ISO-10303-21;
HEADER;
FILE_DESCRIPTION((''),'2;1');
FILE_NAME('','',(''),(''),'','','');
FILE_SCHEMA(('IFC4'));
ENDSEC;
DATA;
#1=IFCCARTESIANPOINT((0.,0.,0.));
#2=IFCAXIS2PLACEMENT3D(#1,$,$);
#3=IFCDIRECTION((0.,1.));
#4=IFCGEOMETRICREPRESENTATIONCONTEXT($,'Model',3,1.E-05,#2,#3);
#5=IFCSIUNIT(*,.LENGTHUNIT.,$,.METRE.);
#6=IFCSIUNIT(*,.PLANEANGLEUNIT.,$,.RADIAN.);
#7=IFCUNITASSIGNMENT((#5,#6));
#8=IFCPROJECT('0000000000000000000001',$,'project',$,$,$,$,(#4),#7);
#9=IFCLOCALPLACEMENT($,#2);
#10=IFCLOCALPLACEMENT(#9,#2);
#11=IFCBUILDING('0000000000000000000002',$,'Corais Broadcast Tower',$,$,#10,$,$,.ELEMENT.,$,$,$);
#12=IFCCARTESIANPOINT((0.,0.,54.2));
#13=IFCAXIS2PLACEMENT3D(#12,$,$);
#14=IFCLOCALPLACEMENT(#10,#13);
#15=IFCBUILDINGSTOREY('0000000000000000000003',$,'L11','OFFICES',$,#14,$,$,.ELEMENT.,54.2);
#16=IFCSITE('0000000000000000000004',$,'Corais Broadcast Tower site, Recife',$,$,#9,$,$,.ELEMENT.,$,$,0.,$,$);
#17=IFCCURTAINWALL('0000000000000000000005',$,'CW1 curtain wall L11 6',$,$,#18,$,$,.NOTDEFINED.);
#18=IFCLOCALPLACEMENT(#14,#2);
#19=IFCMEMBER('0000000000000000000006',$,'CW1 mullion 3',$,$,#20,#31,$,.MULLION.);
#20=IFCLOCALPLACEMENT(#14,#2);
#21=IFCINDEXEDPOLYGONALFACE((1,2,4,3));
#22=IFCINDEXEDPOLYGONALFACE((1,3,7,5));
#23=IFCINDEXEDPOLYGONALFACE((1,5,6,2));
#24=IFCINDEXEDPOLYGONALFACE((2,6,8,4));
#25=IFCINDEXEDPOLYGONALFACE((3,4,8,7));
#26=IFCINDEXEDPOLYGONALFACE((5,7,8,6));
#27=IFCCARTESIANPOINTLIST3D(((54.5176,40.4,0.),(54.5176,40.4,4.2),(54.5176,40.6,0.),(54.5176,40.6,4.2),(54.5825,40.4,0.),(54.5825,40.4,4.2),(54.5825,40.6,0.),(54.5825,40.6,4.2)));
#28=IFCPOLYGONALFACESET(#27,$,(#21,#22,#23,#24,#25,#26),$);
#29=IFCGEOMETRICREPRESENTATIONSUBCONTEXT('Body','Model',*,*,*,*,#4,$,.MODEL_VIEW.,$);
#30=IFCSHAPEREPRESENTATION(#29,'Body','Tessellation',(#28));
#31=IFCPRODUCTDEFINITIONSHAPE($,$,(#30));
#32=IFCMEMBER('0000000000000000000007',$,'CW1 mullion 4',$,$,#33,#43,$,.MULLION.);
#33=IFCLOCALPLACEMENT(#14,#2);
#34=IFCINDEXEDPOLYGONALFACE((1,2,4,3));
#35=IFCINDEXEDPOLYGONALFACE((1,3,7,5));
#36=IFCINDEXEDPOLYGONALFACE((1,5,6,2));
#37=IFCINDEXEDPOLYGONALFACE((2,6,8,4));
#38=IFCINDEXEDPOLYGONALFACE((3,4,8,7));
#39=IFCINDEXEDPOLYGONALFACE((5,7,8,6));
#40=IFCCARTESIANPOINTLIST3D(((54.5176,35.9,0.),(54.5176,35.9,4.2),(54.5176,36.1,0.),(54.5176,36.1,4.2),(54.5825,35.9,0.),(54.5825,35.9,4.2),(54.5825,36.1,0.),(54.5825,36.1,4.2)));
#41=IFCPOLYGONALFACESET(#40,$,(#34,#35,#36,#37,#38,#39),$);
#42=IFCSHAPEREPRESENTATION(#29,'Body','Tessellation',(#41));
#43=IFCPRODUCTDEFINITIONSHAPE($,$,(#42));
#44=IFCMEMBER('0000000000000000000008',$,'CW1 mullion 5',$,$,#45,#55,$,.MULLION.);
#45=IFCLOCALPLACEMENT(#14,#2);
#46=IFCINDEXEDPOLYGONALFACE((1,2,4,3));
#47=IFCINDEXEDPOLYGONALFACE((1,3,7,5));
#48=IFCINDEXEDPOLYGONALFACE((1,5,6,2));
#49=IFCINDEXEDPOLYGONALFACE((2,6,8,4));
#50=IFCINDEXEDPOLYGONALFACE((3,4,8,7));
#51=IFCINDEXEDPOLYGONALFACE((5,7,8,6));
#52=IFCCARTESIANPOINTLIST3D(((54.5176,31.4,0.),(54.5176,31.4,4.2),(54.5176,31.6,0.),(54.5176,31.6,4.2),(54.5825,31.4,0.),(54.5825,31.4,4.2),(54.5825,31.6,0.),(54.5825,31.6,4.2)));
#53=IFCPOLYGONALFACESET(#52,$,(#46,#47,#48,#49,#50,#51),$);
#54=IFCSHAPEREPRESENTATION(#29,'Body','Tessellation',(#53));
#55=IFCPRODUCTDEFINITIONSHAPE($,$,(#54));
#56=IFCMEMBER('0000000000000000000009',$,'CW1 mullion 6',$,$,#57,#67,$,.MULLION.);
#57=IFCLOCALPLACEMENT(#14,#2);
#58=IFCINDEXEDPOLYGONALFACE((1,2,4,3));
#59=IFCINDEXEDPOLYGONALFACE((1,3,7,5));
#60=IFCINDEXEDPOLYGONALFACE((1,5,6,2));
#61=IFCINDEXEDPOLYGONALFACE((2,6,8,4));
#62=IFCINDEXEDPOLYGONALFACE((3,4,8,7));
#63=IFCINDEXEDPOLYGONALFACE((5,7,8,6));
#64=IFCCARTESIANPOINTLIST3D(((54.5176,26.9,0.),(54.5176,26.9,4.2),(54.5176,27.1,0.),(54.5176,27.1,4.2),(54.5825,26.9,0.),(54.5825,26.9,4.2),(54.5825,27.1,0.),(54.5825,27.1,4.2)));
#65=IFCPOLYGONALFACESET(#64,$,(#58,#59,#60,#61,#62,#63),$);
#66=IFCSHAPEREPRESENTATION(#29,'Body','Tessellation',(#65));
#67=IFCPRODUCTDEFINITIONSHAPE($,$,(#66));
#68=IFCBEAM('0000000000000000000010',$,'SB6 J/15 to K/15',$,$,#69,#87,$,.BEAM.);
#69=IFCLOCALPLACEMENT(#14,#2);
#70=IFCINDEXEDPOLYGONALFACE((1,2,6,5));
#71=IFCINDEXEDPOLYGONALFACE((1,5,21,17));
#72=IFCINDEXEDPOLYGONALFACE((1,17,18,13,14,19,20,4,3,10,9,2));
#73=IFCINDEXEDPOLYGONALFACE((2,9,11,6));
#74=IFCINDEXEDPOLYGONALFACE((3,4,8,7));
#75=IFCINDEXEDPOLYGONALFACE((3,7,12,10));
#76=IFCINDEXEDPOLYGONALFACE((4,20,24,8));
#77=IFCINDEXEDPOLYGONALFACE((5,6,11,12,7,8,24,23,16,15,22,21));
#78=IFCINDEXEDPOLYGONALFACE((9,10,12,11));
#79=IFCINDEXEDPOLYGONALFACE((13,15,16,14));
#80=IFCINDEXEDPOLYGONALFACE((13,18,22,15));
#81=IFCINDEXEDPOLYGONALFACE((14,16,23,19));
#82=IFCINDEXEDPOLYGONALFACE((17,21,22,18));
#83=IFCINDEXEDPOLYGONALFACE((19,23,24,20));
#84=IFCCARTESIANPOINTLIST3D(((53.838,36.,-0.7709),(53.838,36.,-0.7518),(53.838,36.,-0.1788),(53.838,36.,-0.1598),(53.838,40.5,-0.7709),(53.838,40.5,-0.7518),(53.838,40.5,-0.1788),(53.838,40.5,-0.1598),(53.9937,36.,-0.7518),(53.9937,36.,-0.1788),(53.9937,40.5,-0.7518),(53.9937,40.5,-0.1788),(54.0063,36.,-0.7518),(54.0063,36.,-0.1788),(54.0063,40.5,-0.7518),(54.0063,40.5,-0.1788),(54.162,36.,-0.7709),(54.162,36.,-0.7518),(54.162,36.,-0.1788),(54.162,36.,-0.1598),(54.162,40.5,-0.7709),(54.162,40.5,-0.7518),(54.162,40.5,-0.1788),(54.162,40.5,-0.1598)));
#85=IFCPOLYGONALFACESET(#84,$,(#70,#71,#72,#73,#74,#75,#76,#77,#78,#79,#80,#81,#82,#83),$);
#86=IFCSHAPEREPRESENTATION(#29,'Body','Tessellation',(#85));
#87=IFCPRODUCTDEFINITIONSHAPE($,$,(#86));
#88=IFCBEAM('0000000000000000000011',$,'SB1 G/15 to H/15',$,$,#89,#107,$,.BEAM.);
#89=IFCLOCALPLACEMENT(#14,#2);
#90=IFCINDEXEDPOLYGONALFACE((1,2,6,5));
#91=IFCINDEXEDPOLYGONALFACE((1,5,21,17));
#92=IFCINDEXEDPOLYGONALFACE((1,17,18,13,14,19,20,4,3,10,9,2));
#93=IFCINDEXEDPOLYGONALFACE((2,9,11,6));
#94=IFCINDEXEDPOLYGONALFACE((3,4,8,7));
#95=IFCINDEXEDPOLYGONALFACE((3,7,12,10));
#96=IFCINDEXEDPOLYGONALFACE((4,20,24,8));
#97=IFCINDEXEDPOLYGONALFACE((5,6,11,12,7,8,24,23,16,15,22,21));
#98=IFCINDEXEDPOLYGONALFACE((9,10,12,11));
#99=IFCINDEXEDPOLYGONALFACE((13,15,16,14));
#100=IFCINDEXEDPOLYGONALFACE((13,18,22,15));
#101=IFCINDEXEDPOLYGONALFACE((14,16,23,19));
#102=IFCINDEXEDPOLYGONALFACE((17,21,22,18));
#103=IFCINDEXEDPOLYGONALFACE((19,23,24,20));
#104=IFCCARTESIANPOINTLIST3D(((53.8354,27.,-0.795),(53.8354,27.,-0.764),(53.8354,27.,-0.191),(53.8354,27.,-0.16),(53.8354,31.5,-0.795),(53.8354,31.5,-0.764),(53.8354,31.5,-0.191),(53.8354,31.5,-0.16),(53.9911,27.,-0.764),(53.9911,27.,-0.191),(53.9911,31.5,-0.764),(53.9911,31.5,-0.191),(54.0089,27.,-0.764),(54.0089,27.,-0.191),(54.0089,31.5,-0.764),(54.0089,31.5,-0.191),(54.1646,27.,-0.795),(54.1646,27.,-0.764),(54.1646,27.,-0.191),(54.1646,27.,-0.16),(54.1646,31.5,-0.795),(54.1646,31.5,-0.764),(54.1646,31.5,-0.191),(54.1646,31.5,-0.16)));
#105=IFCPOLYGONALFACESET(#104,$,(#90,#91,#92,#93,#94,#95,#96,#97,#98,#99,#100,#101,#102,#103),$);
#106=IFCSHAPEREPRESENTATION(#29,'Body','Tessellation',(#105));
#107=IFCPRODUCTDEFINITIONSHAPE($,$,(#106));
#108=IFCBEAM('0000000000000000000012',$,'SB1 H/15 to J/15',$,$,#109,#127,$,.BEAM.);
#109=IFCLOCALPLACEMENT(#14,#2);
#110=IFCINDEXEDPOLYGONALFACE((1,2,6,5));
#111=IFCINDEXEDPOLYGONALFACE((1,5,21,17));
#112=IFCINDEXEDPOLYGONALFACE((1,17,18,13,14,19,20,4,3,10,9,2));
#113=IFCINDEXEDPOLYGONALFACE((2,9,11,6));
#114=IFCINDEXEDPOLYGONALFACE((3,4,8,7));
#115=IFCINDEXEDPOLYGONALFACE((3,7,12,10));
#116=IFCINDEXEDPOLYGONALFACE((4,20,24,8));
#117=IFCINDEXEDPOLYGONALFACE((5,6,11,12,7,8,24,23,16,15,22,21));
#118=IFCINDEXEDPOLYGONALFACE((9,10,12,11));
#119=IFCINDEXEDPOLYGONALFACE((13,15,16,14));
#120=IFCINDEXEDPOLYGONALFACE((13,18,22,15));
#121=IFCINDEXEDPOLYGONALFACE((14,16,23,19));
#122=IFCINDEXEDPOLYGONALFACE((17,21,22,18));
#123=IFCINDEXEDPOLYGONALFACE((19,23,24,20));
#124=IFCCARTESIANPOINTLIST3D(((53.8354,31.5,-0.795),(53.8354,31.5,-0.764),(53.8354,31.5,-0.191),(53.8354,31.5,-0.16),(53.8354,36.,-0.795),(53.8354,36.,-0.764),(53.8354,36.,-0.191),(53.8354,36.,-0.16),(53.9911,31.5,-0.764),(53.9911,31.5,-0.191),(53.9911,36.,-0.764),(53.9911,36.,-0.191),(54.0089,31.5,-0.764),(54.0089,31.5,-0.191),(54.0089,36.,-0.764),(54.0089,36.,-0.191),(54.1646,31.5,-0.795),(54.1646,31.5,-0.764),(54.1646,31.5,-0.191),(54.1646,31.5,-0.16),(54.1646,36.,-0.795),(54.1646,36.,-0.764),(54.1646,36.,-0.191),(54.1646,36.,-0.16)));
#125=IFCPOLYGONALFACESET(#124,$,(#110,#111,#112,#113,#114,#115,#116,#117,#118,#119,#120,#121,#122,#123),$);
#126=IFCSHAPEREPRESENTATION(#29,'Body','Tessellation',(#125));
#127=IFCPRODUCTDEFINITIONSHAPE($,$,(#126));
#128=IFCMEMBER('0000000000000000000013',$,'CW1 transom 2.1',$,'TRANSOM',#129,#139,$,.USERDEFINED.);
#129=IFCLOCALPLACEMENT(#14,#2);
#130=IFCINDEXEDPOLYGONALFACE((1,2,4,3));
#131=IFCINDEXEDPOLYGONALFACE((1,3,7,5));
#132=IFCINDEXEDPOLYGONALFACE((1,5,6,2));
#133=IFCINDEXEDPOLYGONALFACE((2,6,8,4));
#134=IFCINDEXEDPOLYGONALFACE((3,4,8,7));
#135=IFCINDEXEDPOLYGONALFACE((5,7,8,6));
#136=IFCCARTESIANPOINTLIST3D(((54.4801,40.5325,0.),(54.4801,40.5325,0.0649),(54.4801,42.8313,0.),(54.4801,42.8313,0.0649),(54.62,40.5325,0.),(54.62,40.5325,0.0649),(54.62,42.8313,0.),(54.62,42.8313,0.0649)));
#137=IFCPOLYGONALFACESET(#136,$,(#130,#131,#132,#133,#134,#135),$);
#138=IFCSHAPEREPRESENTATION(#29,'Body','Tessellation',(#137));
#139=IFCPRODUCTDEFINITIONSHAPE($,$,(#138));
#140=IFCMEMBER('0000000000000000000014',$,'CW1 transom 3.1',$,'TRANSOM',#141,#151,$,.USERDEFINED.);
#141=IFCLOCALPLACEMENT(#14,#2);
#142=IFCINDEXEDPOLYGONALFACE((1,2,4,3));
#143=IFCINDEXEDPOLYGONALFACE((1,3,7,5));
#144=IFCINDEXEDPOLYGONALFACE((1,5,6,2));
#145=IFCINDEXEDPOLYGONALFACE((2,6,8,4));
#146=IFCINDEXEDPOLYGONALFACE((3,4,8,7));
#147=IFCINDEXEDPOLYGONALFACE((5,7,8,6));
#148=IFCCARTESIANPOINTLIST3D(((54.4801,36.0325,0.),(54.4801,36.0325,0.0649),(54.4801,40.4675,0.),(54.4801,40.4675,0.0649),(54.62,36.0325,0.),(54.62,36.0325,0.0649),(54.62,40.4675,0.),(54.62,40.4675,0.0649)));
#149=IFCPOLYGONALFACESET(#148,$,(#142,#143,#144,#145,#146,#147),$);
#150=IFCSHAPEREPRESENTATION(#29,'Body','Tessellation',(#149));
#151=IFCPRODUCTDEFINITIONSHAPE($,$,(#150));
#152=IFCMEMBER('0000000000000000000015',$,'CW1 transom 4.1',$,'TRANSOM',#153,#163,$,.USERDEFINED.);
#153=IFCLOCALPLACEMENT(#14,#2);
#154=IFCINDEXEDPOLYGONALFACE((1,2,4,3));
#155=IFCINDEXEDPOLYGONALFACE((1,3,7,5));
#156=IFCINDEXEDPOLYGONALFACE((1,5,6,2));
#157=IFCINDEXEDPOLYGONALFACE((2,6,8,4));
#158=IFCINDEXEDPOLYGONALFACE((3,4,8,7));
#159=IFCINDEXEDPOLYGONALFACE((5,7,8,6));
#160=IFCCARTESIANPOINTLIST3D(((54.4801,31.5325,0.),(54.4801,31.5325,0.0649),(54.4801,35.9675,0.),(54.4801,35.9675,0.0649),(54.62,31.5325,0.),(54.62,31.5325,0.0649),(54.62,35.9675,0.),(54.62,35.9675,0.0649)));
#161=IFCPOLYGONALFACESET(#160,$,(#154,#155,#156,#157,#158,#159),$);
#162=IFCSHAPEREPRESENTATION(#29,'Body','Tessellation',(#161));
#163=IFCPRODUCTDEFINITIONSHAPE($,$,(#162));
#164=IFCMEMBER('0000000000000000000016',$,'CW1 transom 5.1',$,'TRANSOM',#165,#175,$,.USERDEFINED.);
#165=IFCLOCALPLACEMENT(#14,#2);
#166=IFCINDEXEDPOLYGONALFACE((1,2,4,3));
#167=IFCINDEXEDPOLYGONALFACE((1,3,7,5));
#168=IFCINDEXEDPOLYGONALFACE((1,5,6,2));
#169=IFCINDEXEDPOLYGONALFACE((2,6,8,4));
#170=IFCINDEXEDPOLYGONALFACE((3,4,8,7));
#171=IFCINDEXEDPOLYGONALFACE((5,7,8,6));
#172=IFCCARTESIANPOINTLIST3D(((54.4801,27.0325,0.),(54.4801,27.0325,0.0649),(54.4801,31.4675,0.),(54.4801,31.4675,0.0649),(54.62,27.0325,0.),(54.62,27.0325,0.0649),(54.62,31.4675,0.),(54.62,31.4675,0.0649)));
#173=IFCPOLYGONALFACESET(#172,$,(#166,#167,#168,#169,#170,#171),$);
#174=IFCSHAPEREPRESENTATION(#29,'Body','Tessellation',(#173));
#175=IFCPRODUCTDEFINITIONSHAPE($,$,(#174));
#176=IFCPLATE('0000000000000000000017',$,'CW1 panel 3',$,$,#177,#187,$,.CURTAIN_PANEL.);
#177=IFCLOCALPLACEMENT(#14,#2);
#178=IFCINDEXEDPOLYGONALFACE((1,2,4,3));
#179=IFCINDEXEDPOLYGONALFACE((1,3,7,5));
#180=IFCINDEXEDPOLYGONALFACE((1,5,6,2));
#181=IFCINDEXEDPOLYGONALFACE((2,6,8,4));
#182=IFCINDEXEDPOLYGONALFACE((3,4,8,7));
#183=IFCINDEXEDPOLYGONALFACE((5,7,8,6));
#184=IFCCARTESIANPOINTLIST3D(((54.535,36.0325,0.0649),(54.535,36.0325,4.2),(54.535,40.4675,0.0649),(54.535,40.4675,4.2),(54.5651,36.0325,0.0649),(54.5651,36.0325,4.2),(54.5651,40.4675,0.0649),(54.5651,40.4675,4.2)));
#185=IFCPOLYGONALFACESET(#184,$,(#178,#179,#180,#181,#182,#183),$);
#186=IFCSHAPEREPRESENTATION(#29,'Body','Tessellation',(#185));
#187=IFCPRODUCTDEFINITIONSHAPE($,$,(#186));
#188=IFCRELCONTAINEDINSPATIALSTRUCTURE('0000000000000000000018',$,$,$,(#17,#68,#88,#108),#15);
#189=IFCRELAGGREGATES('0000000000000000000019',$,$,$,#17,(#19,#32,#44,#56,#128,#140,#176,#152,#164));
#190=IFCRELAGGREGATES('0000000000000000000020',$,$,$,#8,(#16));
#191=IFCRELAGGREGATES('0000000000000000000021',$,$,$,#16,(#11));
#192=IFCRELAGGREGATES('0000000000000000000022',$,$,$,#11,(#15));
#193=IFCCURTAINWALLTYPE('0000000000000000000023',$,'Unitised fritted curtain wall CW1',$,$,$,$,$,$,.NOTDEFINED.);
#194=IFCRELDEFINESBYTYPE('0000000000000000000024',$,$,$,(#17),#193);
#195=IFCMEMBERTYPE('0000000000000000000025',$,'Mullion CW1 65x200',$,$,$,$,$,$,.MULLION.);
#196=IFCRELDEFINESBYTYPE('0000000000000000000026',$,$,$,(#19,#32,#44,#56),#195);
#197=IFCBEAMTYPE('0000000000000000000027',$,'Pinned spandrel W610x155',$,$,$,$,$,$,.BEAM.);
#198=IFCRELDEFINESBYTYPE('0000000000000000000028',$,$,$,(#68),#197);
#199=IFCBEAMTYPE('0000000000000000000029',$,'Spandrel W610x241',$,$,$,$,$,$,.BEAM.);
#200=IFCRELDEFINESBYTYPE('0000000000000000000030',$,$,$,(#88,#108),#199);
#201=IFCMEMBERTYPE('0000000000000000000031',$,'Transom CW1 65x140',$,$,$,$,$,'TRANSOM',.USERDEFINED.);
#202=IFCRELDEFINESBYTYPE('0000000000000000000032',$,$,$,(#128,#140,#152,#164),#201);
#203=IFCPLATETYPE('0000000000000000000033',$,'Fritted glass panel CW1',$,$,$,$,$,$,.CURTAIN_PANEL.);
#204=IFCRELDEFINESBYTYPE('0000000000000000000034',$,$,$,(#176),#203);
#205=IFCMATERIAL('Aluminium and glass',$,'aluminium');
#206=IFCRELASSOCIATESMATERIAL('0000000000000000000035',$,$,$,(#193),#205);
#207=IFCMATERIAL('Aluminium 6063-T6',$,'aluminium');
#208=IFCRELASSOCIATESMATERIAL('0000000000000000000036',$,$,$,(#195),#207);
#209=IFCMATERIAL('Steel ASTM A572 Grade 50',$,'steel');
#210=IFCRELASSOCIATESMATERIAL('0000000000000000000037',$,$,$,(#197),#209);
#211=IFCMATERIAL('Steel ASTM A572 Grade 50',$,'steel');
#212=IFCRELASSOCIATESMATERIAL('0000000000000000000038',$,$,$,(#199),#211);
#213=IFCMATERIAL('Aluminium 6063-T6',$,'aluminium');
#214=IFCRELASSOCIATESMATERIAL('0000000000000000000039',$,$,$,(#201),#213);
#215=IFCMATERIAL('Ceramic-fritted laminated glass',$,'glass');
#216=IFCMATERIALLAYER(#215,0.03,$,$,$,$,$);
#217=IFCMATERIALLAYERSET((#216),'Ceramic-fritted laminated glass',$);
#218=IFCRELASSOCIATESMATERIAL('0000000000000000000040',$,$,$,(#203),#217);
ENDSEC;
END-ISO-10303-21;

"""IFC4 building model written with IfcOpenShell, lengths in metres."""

from ifc_helpers import new_model, si_unit, direction, frame, origin, origin_2d, place, context, subcontext, project, spatial, rectangle, i_section, extrude, material, layer, layer_set, material_profile, profile_set, type_object, element, aggregate, save


model = new_model("IFC4")

# Units and contexts
model_context = context("Model", 3, precision=1e-05, world=origin(), true_north=direction((0.0, 1.0)))
body_context = subcontext(model_context, "Body", "Model", "MODEL_VIEW")
ifc_project = project(units=[si_unit("LENGTHUNIT", "METRE"), si_unit("PLANEANGLEUNIT", "RADIAN")], contexts=[model_context])

# Site, building, storey
site_placement = place(None, origin())
site = spatial("IfcSite", under=ifc_project, at=site_placement, Name="Corais Broadcast Tower site, Recife", CompositionType="ELEMENT", RefElevation=0.0)
building_placement = place(site_placement, origin())
building = spatial("IfcBuilding", under=site, at=building_placement, Name="Corais Broadcast Tower", CompositionType="ELEMENT")
storey_placement = place(building_placement, frame((0.0, 0.0, 54.2)))
storey = spatial("IfcBuildingStorey", under=building, at=storey_placement, Name="L11", Description="OFFICES", CompositionType="ELEMENT", Elevation=54.2)

# Curtain wall, members
ifc_material_1 = material(Name="Aluminium and glass", Category="aluminium")
curtain_wall_type = type_object("IfcCurtainWallType", Name="Unitised fritted curtain wall CW1", PredefinedType="NOTDEFINED", material=ifc_material_1)
curtain_wall_placement = place(storey_placement, origin())
curtain_wall = element("IfcCurtainWall", 1, at=curtain_wall_placement, inside=storey, type_object=curtain_wall_type, Name="CW1 curtain wall L11 6", PredefinedType="NOTDEFINED")
ifc_material_2 = material(Name="Aluminium 6063-T6", Category="aluminium")
ifc_material_profile_1 = material_profile(ifc_material_2, rectangle(XDim=0.0649, YDim=0.2, at=origin_2d()), Name="Mullion CW1 65x200")
ifc_profile_set_1 = profile_set([ifc_material_profile_1], Name="Aluminium 6063-T6")
member_type_1 = type_object("IfcMemberType", Name="Mullion CW1 65x200", PredefinedType="MULLION", material=ifc_profile_set_1)
member_1_placement = place(storey_placement, frame((54.55, 40.5, 0.0), z_axis=(0.0, 0.0, 1.0), x_axis=(1.0, 0.0, 0.0)))
member_1 = element("IfcMember", 2, at=member_1_placement, type_object=member_type_1, Name="CW1 mullion 3", PredefinedType="MULLION", context=body_context, shape_type="SweptSolid", body=[
    extrude(rectangle(XDim=0.0649, YDim=0.2, at=origin_2d()), origin(), (0.0, 0.0, 1.0), 4.2),
])
member_2_placement = place(storey_placement, frame((54.55, 36.0, 0.0), z_axis=(0.0, 0.0, 1.0), x_axis=(1.0, 0.0, 0.0)))
member_2 = element("IfcMember", 3, at=member_2_placement, type_object=member_type_1, Name="CW1 mullion 4", PredefinedType="MULLION", context=body_context, shape_type="SweptSolid", body=[
    extrude(rectangle(XDim=0.0649, YDim=0.2, at=origin_2d()), origin(), (0.0, 0.0, 1.0), 4.2),
])
member_3_placement = place(storey_placement, frame((54.55, 31.5, 0.0), z_axis=(0.0, 0.0, 1.0), x_axis=(1.0, 0.0, 0.0)))
member_3 = element("IfcMember", 4, at=member_3_placement, type_object=member_type_1, Name="CW1 mullion 5", PredefinedType="MULLION", context=body_context, shape_type="SweptSolid", body=[
    extrude(rectangle(XDim=0.0649, YDim=0.2, at=origin_2d()), origin(), (0.0, 0.0, 1.0), 4.2),
])
member_4_placement = place(storey_placement, frame((54.55, 27.0, 0.0), z_axis=(0.0, 0.0, 1.0), x_axis=(1.0, 0.0, 0.0)))
member_4 = element("IfcMember", 5, at=member_4_placement, type_object=member_type_1, Name="CW1 mullion 6", PredefinedType="MULLION", context=body_context, shape_type="SweptSolid", body=[
    extrude(rectangle(XDim=0.0649, YDim=0.2, at=origin_2d()), origin(), (0.0, 0.0, 1.0), 4.2),
])

# Beams
ifc_material_3 = material(Name="Steel ASTM A572 Grade 50", Category="steel")
ifc_material_profile_2 = material_profile(ifc_material_3, i_section(OverallWidth=0.324, OverallDepth=0.6111, WebThickness=0.0127, FlangeThickness=0.019, at=origin_2d()), Name="W610x155")
ifc_profile_set_2 = profile_set([ifc_material_profile_2], Name="Steel ASTM A572 Grade 50")
beam_type_1 = type_object("IfcBeamType", Name="Pinned spandrel W610x155", PredefinedType="BEAM", material=ifc_profile_set_2)
beam_1_placement = place(storey_placement, frame((54.0, 36.0, -0.4653), z_axis=(0.0, 1.0, 0.0), x_axis=(-1.0, 0.0, 0.0)))
element("IfcBeam", 6, at=beam_1_placement, inside=storey, type_object=beam_type_1, Name="SB6 J/15 to K/15", PredefinedType="BEAM", context=body_context, shape_type="SweptSolid", body=[
    extrude(i_section(OverallWidth=0.324, OverallDepth=0.6111, WebThickness=0.0127, FlangeThickness=0.019, at=origin_2d()), origin(), (0.0, 0.0, 1.0), 4.5),
])
ifc_material_4 = material(Name="Steel ASTM A572 Grade 50", Category="steel")
ifc_material_profile_3 = material_profile(ifc_material_4, i_section(OverallWidth=0.3291, OverallDepth=0.635, WebThickness=0.0178, FlangeThickness=0.031, at=origin_2d()), Name="W610x241")
ifc_profile_set_3 = profile_set([ifc_material_profile_3], Name="Steel ASTM A572 Grade 50")
beam_type_2 = type_object("IfcBeamType", Name="Spandrel W610x241", PredefinedType="BEAM", material=ifc_profile_set_3)
for number, where, z_axis, x_axis, name in (
    (7, (54.0, 27.0, -0.4775), (0.0, 1.0, 0.0), (-1.0, 0.0, 0.0), "SB1 G/15 to H/15"),
    (8, (54.0, 31.5, -0.4775), (0.0, 1.0, 0.0), (-1.0, 0.0, 0.0), "SB1 H/15 to J/15"),
):
    element("IfcBeam", number, at=place(storey_placement, frame(where, z_axis=z_axis, x_axis=x_axis)), inside=storey, type_object=beam_type_2, Name=name, PredefinedType="BEAM", context=body_context, shape_type="SweptSolid", body=[
        extrude(i_section(OverallWidth=0.3291, OverallDepth=0.635, WebThickness=0.0178, FlangeThickness=0.031, at=origin_2d()), origin(), (0.0, 0.0, 1.0), 4.5),
    ])

# Members
ifc_material_5 = material(Name="Aluminium 6063-T6", Category="aluminium")
ifc_material_profile_4 = material_profile(ifc_material_5, rectangle(XDim=0.1399, YDim=0.0649, at=origin_2d()), Name="Transom CW1 65x140")
ifc_profile_set_4 = profile_set([ifc_material_profile_4], Name="Aluminium 6063-T6")
member_type_2 = type_object("IfcMemberType", Name="Transom CW1 65x140", ElementType="TRANSOM", PredefinedType="USERDEFINED", material=ifc_profile_set_4)
member_5_placement = place(storey_placement, frame((54.55, 42.8313, 0.0325), z_axis=(0.0, -1.0, 0.0), x_axis=(1.0, 0.0, 0.0)))
member_5 = element("IfcMember", 9, at=member_5_placement, type_object=member_type_2, Name="CW1 transom 2.1", ObjectType="TRANSOM", PredefinedType="USERDEFINED", context=body_context, shape_type="SweptSolid", body=[
    extrude(rectangle(XDim=0.1399, YDim=0.0649, at=origin_2d()), origin(), (0.0, 0.0, 1.0), 2.2988),
])
member_6_placement = place(storey_placement, frame((54.55, 40.4675, 0.0325), z_axis=(0.0, -1.0, 0.0), x_axis=(1.0, 0.0, 0.0)))
member_6 = element("IfcMember", 10, at=member_6_placement, type_object=member_type_2, Name="CW1 transom 3.1", ObjectType="TRANSOM", PredefinedType="USERDEFINED", context=body_context, shape_type="SweptSolid", body=[
    extrude(rectangle(XDim=0.1399, YDim=0.0649, at=origin_2d()), origin(), (0.0, 0.0, 1.0), 4.4351),
])
member_7_placement = place(storey_placement, frame((54.55, 35.9675, 0.0325), z_axis=(0.0, -1.0, 0.0), x_axis=(1.0, 0.0, 0.0)))
member_7 = element("IfcMember", 11, at=member_7_placement, type_object=member_type_2, Name="CW1 transom 4.1", ObjectType="TRANSOM", PredefinedType="USERDEFINED", context=body_context, shape_type="SweptSolid", body=[
    extrude(rectangle(XDim=0.1399, YDim=0.0649, at=origin_2d()), origin(), (0.0, 0.0, 1.0), 4.4351),
])
member_8_placement = place(storey_placement, frame((54.55, 31.4675, 0.0325), z_axis=(0.0, -1.0, 0.0), x_axis=(1.0, 0.0, 0.0)))
member_8 = element("IfcMember", 12, at=member_8_placement, type_object=member_type_2, Name="CW1 transom 5.1", ObjectType="TRANSOM", PredefinedType="USERDEFINED", context=body_context, shape_type="SweptSolid", body=[
    extrude(rectangle(XDim=0.1399, YDim=0.0649, at=origin_2d()), origin(), (0.0, 0.0, 1.0), 4.4351),
])

# Plate
ifc_material_6 = material(Name="Ceramic-fritted laminated glass", Category="glass")
ifc_layer_1 = layer(ifc_material_6, 0.03)
ifc_layer_set_1 = layer_set([ifc_layer_1], Name="Ceramic-fritted laminated glass")
plate_type_1 = type_object("IfcPlateType", Name="Fritted glass panel CW1", PredefinedType="CURTAIN_PANEL", material=ifc_layer_set_1)
plate_1_placement = place(storey_placement, frame((54.55, 38.25, 0.0649), z_axis=(0.0, 0.0, 1.0), x_axis=(0.0, -1.0, 0.0)))
plate_1 = element("IfcPlate", 13, at=plate_1_placement, type_object=plate_type_1, Name="CW1 panel 3", PredefinedType="CURTAIN_PANEL", context=body_context, shape_type="SweptSolid", body=[
    extrude(rectangle(XDim=4.4351, YDim=0.03, at=origin_2d()), origin(), (0.0, 0.0, 1.0), 4.135),
])
aggregate(curtain_wall, [member_1, member_2, member_3, member_4, member_5, member_6, plate_1, member_7, member_8])

save(model, "model.ifc")
